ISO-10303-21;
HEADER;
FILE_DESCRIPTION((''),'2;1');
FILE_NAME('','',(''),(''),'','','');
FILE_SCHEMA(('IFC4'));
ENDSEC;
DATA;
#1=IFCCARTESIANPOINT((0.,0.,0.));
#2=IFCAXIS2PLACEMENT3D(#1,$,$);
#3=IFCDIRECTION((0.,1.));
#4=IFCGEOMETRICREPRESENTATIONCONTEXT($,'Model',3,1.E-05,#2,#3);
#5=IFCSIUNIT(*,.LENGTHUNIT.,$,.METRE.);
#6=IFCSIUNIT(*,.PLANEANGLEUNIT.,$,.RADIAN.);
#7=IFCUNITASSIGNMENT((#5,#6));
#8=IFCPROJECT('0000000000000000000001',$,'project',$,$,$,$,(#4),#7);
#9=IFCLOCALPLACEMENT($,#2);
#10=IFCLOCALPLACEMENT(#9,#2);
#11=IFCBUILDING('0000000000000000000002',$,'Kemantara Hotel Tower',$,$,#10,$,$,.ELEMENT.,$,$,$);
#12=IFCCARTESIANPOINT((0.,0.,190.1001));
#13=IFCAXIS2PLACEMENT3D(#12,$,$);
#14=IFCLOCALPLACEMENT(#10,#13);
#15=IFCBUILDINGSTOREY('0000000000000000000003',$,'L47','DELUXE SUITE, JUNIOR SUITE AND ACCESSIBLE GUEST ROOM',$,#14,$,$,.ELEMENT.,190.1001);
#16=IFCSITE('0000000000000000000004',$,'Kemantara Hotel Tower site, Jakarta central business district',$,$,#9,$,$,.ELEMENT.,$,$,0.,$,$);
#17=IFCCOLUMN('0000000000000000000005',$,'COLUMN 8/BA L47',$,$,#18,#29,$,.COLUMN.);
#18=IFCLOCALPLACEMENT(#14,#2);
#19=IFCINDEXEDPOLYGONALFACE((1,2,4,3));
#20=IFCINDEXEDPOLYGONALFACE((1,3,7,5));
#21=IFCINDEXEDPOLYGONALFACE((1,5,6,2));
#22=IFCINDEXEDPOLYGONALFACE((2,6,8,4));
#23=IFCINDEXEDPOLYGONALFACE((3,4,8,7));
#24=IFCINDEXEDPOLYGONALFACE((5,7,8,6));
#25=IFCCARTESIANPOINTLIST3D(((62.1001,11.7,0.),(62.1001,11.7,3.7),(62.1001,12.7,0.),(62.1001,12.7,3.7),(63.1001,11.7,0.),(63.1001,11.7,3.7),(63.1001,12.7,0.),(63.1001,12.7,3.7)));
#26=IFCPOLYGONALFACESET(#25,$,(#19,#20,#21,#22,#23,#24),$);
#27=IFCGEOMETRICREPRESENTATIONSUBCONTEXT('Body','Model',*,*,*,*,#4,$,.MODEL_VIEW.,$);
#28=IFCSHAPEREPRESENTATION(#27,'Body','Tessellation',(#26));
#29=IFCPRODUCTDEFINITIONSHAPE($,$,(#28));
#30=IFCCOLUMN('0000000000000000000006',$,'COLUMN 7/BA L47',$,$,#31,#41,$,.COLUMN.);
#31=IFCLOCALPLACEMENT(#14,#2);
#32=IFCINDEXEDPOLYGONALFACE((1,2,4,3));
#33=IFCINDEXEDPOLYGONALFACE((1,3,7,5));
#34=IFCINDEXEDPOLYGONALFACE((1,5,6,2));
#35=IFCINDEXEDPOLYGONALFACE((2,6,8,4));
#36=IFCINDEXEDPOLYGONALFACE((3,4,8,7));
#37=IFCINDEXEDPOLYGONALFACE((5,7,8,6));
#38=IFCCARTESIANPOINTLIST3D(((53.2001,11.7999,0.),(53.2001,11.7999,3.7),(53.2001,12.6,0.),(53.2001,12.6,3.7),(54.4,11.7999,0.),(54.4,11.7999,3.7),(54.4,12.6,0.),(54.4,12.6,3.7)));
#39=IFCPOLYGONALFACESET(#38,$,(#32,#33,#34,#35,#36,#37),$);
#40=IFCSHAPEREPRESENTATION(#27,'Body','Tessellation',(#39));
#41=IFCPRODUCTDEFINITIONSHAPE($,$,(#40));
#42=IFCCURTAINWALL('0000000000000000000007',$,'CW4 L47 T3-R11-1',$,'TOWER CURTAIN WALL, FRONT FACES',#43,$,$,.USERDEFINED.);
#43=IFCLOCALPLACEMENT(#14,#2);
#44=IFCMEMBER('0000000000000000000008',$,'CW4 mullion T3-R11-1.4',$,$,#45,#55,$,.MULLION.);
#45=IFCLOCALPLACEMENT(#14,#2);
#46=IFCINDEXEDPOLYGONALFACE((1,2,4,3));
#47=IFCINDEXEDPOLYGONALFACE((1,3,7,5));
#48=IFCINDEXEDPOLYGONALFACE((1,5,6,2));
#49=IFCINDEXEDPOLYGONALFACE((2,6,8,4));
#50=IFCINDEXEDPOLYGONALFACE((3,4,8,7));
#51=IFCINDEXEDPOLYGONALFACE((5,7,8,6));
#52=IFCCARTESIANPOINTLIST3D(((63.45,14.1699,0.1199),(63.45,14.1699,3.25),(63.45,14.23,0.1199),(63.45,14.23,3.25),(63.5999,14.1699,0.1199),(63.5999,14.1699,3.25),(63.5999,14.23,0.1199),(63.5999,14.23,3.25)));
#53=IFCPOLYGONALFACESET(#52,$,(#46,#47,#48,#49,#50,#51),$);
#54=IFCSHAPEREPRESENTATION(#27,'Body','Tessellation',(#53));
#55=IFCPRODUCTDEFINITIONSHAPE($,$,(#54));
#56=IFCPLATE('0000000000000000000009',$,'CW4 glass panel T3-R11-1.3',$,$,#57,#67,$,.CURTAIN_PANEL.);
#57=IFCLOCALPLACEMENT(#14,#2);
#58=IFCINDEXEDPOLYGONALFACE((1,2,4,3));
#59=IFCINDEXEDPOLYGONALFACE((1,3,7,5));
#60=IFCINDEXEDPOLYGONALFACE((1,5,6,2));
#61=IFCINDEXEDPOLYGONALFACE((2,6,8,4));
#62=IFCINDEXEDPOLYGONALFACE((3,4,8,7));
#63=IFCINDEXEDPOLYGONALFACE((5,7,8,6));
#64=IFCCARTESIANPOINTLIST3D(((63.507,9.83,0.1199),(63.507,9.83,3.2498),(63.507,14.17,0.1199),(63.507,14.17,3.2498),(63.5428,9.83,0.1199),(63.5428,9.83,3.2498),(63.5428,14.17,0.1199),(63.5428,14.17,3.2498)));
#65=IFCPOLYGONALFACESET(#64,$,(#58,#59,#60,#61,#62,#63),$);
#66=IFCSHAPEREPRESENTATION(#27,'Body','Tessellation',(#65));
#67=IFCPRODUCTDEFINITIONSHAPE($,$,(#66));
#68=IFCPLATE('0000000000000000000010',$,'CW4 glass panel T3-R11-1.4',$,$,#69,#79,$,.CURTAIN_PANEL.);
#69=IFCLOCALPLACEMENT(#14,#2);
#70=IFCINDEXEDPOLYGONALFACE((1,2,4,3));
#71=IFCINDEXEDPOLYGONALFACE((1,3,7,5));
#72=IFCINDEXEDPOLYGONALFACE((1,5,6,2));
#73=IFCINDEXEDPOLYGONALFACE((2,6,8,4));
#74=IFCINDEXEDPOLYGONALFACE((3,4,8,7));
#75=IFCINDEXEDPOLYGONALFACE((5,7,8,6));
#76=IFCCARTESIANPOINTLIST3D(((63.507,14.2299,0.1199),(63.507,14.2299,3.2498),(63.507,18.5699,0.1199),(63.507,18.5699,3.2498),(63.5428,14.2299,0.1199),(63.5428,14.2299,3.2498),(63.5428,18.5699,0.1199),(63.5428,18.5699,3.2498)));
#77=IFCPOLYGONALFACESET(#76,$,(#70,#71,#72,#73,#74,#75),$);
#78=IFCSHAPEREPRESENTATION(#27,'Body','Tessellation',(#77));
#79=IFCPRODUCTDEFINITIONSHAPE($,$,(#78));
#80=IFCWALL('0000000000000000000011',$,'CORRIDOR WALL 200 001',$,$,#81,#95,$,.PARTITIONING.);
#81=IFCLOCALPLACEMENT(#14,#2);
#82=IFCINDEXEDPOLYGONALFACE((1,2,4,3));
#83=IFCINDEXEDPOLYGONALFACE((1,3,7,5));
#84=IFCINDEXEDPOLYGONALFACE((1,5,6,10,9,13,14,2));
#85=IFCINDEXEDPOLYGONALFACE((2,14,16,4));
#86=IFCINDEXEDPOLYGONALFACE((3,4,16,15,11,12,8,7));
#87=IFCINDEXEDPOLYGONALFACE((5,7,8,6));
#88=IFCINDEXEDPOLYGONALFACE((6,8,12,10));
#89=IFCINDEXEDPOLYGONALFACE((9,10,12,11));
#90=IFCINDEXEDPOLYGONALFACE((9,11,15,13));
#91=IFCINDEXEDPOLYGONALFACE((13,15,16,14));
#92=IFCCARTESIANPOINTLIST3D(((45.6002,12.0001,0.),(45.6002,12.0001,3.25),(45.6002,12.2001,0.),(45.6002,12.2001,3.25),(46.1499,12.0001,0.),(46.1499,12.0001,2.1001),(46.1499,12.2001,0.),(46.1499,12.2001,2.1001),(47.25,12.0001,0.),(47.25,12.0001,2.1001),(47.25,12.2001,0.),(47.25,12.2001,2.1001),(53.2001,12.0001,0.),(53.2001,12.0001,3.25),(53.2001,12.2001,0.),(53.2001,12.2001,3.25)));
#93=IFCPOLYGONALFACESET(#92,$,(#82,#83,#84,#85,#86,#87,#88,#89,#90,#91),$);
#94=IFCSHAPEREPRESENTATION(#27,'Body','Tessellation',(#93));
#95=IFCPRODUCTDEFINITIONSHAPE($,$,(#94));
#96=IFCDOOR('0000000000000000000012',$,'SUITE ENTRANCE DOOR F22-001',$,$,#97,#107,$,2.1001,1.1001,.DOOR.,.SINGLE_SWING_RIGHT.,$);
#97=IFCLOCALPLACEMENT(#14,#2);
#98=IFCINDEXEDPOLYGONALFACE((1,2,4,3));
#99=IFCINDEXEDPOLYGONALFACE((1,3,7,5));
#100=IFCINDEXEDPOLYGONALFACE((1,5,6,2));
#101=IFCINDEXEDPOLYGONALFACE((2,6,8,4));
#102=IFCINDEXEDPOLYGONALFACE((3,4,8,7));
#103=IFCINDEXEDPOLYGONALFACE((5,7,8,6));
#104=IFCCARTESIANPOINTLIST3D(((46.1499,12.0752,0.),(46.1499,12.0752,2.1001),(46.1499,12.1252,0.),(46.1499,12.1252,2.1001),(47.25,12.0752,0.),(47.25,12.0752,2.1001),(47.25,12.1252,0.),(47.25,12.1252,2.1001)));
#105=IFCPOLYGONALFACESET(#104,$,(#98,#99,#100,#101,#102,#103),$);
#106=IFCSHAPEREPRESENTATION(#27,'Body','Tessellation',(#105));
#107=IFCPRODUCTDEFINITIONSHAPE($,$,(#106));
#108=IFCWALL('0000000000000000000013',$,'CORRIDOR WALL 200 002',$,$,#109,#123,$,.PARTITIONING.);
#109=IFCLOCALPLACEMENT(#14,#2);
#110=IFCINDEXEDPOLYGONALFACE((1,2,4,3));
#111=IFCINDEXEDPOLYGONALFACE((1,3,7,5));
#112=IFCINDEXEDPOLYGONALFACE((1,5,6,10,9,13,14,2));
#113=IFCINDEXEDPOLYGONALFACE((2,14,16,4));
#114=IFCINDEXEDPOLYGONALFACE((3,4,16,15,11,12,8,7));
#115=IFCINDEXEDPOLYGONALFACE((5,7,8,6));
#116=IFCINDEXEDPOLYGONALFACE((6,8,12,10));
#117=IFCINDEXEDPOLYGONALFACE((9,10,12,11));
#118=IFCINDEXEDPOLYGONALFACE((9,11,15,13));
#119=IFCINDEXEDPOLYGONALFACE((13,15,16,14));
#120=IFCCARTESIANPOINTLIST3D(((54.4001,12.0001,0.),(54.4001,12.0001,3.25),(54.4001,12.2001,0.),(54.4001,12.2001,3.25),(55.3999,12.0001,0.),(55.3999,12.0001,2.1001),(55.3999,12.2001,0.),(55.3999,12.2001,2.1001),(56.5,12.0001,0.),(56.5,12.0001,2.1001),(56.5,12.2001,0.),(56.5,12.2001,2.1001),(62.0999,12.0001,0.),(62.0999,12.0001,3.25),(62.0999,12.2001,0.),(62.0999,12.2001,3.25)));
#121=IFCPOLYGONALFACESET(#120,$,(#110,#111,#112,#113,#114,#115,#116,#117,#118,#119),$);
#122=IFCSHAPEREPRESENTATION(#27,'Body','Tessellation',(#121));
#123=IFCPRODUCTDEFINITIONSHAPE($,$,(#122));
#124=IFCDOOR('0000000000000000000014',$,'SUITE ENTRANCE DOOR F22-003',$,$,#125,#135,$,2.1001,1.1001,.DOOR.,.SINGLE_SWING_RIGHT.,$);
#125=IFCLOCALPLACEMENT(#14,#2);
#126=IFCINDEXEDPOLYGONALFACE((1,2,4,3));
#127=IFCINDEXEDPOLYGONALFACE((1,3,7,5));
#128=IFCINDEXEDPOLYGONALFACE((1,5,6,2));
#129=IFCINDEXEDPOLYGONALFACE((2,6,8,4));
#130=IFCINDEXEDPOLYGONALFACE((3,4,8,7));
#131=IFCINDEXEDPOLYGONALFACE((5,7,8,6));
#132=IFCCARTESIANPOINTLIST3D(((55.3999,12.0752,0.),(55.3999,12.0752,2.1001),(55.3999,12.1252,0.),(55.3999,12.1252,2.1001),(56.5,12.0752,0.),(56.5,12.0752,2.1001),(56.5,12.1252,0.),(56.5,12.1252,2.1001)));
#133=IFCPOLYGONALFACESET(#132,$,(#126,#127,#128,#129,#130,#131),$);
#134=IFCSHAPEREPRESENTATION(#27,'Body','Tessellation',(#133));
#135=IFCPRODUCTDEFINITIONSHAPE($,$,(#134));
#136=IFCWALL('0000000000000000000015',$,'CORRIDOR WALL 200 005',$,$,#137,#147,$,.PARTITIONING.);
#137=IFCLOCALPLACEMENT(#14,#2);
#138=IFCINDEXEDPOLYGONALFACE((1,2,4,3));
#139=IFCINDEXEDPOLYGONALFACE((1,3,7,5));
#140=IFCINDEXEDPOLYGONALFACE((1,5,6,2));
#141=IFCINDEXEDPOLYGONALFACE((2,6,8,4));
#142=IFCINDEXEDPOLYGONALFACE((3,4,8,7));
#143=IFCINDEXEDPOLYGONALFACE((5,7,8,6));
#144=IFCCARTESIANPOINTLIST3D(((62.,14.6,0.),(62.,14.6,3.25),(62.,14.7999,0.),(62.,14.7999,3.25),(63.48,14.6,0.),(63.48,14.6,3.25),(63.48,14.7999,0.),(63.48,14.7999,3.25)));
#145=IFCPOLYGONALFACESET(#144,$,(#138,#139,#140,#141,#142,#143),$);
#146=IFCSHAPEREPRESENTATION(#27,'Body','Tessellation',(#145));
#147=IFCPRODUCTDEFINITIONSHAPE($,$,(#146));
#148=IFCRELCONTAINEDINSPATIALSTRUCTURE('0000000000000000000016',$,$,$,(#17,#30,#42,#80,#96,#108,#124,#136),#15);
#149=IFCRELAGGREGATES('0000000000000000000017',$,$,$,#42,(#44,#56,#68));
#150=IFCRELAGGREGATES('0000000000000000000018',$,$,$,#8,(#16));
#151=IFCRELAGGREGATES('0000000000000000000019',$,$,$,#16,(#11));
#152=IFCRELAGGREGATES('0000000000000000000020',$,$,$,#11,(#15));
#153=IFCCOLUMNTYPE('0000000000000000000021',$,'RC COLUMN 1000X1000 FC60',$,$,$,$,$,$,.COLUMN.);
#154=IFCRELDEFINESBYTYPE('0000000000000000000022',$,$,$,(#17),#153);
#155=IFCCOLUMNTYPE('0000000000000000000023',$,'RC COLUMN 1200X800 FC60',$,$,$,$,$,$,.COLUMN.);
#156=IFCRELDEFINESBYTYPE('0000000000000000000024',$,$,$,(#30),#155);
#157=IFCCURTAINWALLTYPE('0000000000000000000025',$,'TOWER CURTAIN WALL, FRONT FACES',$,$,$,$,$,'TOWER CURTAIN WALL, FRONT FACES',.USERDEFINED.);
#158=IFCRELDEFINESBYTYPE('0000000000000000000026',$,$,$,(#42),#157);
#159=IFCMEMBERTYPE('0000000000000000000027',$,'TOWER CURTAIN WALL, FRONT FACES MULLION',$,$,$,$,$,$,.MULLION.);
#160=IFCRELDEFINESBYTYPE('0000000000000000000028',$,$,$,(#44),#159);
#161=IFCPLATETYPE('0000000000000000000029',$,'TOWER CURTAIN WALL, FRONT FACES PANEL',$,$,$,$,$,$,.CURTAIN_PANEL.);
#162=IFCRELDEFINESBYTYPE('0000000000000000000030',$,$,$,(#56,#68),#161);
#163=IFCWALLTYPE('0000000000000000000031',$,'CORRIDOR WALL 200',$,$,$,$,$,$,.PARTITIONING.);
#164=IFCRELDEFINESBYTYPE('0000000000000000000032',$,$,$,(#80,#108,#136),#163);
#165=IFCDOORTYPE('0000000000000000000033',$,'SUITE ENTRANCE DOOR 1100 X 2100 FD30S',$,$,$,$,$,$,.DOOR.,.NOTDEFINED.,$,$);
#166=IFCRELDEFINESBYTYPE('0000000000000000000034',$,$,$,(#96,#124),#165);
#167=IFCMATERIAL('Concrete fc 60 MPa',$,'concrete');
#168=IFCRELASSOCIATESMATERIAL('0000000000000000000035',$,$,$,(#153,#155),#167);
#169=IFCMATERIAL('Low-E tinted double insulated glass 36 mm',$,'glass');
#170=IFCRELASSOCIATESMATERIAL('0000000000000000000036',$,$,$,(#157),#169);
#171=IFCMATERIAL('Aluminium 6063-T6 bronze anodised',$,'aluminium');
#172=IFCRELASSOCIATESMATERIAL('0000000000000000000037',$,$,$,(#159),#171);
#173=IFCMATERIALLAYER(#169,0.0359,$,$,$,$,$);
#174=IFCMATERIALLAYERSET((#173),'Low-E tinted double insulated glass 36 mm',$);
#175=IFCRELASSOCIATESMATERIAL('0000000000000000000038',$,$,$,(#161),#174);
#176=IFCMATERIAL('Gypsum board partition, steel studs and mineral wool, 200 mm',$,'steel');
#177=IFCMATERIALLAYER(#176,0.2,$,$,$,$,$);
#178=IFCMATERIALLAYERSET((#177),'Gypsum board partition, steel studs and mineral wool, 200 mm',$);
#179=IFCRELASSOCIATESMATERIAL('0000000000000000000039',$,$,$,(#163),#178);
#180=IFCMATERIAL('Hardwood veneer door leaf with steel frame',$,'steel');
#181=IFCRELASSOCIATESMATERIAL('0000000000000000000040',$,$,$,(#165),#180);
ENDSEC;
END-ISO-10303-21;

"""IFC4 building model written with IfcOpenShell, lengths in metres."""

from ifc_helpers import new_model, si_unit, direction, frame, frame_2d, origin, origin_2d, place, context, subcontext, project, spatial, rectangle, extrude, source, transform, mapped, material, layer, layer_set, material_profile, profile_set, type_object, element, fill, aggregate, save


model = new_model("IFC4")

# Units and contexts
model_context = context("Model", 3, precision=1e-05, world=origin(), true_north=direction((0.0, 1.0)))
body_context = subcontext(model_context, "Body", "Model", "MODEL_VIEW")
ifc_project = project(units=[si_unit("LENGTHUNIT", "METRE"), si_unit("PLANEANGLEUNIT", "RADIAN")], contexts=[model_context])

# Site, building, storey
site_placement = place(None, origin())
site = spatial("IfcSite", under=ifc_project, at=site_placement, Name="Kemantara Hotel Tower site, Jakarta central business district", CompositionType="ELEMENT", RefElevation=0.0)
building_placement = place(site_placement, origin())
building = spatial("IfcBuilding", under=site, at=building_placement, Name="Kemantara Hotel Tower", CompositionType="ELEMENT")
storey_placement = place(building_placement, frame((0.0, 0.0, 190.1001)))
storey = spatial("IfcBuildingStorey", under=building, at=storey_placement, Name="L47", Description="DELUXE SUITE, JUNIOR SUITE AND ACCESSIBLE GUEST ROOM", CompositionType="ELEMENT", Elevation=190.1001)

# Columns
ifc_material_1 = material(Name="Concrete fc 60 MPa", Category="concrete")
ifc_material_profile_1 = material_profile(ifc_material_1, rectangle(XDim=1.0, YDim=1.0, at=origin_2d()), Name="RC 1000X1000")
ifc_profile_set_1 = profile_set([ifc_material_profile_1], Name="Concrete fc 60 MPa")
column_type_1 = type_object("IfcColumnType", Name="RC COLUMN 1000X1000 FC60", PredefinedType="COLUMN", material=ifc_profile_set_1)
column_1_placement = place(storey_placement, frame((62.6001, 12.2, 0.0), z_axis=(0.0, 0.0, 1.0), x_axis=(1.0, 0.0, 0.0)))
element("IfcColumn", 1, at=column_1_placement, inside=storey, type_object=column_type_1, Name="COLUMN 8/BA L47", PredefinedType="COLUMN", context=body_context, shape_type="SweptSolid", body=[
    extrude(rectangle(XDim=1.0, YDim=1.0, at=origin_2d()), origin(), (0.0, 0.0, 1.0), 3.7),
])
ifc_material_profile_2 = material_profile(ifc_material_1, rectangle(XDim=1.2, YDim=0.8, at=origin_2d()), Name="RC 1200X800")
ifc_profile_set_2 = profile_set([ifc_material_profile_2], Name="Concrete fc 60 MPa")
column_type_2 = type_object("IfcColumnType", Name="RC COLUMN 1200X800 FC60", PredefinedType="COLUMN", material=ifc_profile_set_2)
column_2_placement = place(storey_placement, frame((53.8, 12.2, 0.0), z_axis=(0.0, 0.0, 1.0), x_axis=(1.0, 0.0, 0.0)))
element("IfcColumn", 2, at=column_2_placement, inside=storey, type_object=column_type_2, Name="COLUMN 7/BA L47", PredefinedType="COLUMN", context=body_context, shape_type="SweptSolid", body=[
    extrude(rectangle(XDim=1.2, YDim=0.8, at=origin_2d()), origin(), (0.0, 0.0, 1.0), 3.7),
])

# Curtain wall, member, plates
ifc_material_2 = material(Name="Low-E tinted double insulated glass 36 mm", Category="glass")
curtain_wall_type = type_object("IfcCurtainWallType", Name="TOWER CURTAIN WALL, FRONT FACES", ElementType="TOWER CURTAIN WALL, FRONT FACES", PredefinedType="USERDEFINED", material=ifc_material_2)
curtain_wall_placement = place(storey_placement, origin())
curtain_wall = element("IfcCurtainWall", 3, at=curtain_wall_placement, inside=storey, type_object=curtain_wall_type, Name="CW4 L47 T3-R11-1", ObjectType="TOWER CURTAIN WALL, FRONT FACES", PredefinedType="USERDEFINED")
ifc_material_3 = material(Name="Aluminium 6063-T6 bronze anodised", Category="aluminium")
ifc_material_profile_3 = material_profile(ifc_material_3, rectangle(XDim=0.1499, YDim=0.0601, at=origin_2d()), Name="TOWER CURTAIN WALL, FRONT FACES MULLION")
ifc_profile_set_3 = profile_set([ifc_material_profile_3], Name="Aluminium 6063-T6 bronze anodised")
member_type = type_object("IfcMemberType", Name="TOWER CURTAIN WALL, FRONT FACES MULLION", PredefinedType="MULLION", material=ifc_profile_set_3)
shared_shape_1 = source(origin(), body_context, "Body", "SweptSolid", [
    extrude(rectangle(XDim=0.1499, YDim=0.0601, at=origin_2d()), origin(), (0.0, 0.0, 1.0), 3.1301),
])
member_placement = place(storey_placement, frame((63.5249, 14.2, 0.1199), z_axis=(0.0, 0.0, 1.0), x_axis=(-1.0, 0.0, 0.0)))
member = element("IfcMember", 4, at=member_placement, type_object=member_type, Name="CW4 mullion T3-R11-1.4", PredefinedType="MULLION", context=body_context, shape_type="MappedRepresentation", body=[
    mapped(shared_shape_1, transform((0.0, 0.0, 0.0))),
])
ifc_layer_1 = layer(ifc_material_2, 0.0359)
ifc_layer_set_1 = layer_set([ifc_layer_1], Name="Low-E tinted double insulated glass 36 mm")
plate_type = type_object("IfcPlateType", Name="TOWER CURTAIN WALL, FRONT FACES PANEL", PredefinedType="CURTAIN_PANEL", material=ifc_layer_set_1)
shared_shape_2 = source(origin(), body_context, "Body", "SweptSolid", [
    extrude(rectangle(XDim=4.3401, YDim=0.0359, at=origin_2d()), origin(), (0.0, 0.0, 1.0), 3.1299),
])
plate_1_placement = place(storey_placement, frame((63.5249, 12.0, 0.1199), z_axis=(0.0, 0.0, 1.0), x_axis=(0.0, 1.0, 0.0)))
plate_1 = element("IfcPlate", 5, at=plate_1_placement, type_object=plate_type, Name="CW4 glass panel T3-R11-1.3", PredefinedType="CURTAIN_PANEL", context=body_context, shape_type="MappedRepresentation", body=[
    mapped(shared_shape_2, transform((0.0, 0.0, 0.0))),
])
plate_2_placement = place(storey_placement, frame((63.5249, 16.3999, 0.1199), z_axis=(0.0, 0.0, 1.0), x_axis=(0.0, 1.0, 0.0)))
plate_2 = element("IfcPlate", 6, at=plate_2_placement, type_object=plate_type, Name="CW4 glass panel T3-R11-1.4", PredefinedType="CURTAIN_PANEL", context=body_context, shape_type="MappedRepresentation", body=[
    mapped(shared_shape_2, transform((0.0, 0.0, 0.0))),
])
aggregate(curtain_wall, [member, plate_1, plate_2])

# Walls, openings, doors
ifc_material_4 = material(Name="Gypsum board partition, steel studs and mineral wool, 200 mm", Category="steel")
ifc_layer_2 = layer(ifc_material_4, 0.2)
ifc_layer_set_2 = layer_set([ifc_layer_2], Name="Gypsum board partition, steel studs and mineral wool, 200 mm")
wall_type_1 = type_object("IfcWallType", Name="CORRIDOR WALL 200", PredefinedType="PARTITIONING", material=ifc_layer_set_2)
wall_1_placement = place(storey_placement, frame((53.2, 12.1001, 0.0), z_axis=(0.0, 0.0, 1.0), x_axis=(-1.0, 0.0, 0.0)))
wall_1 = element("IfcWall", 7, at=wall_1_placement, inside=storey, type_object=wall_type_1, Name="CORRIDOR WALL 200 001", PredefinedType="PARTITIONING", context=body_context, shape_type="SweptSolid", body=[
    extrude(rectangle(XDim=7.5999, YDim=0.2, at=frame_2d((3.7998, 0.0))), origin(), (0.0, 0.0, 1.0), 3.25),
])
opening_1_placement = place(wall_1_placement, frame((5.95, 0.0, 0.0)))
opening_1 = element("IfcOpeningElement", 8, at=opening_1_placement, cuts=wall_1, PredefinedType="OPENING", context=body_context, shape_type="SweptSolid", body=[
    extrude(rectangle(XDim=1.1001, YDim=2.1001, at=frame_2d((0.55, 1.05))), frame((0.0, 0.1099, 0.0), z_axis=(0.0, -1.0, 0.0), x_axis=(1.0, 0.0, 0.0)), (0.0, 0.0, 1.0), 0.22),
])
ifc_material_5 = material(Name="Hardwood veneer door leaf with steel frame", Category="steel")
door_type_1 = type_object("IfcDoorType", Name="SUITE ENTRANCE DOOR 1100 X 2100 FD30S", OperationType="NOTDEFINED", PredefinedType="DOOR", material=ifc_material_5)
door_1_placement = place(opening_1_placement, origin())
door_1 = element("IfcDoor", 9, at=door_1_placement, inside=storey, type_object=door_type_1, Name="SUITE ENTRANCE DOOR F22-001", OperationType="SINGLE_SWING_RIGHT", OverallHeight=2.1001, OverallWidth=1.1001, PredefinedType="DOOR", context=body_context, shape_type="SweptSolid", body=[
    extrude(rectangle(XDim=1.1001, YDim=2.1001, at=frame_2d((0.55, 1.05))), frame((0.0, 0.0249, 0.0), z_axis=(0.0, -1.0, 0.0), x_axis=(1.0, 0.0, 0.0)), (0.0, 0.0, 1.0), 0.05),
])
fill(opening_1, door_1)
wall_2_placement = place(storey_placement, frame((62.0999, 12.1001, 0.0), z_axis=(0.0, 0.0, 1.0), x_axis=(-1.0, 0.0, 0.0)))
wall_2 = element("IfcWall", 10, at=wall_2_placement, inside=storey, type_object=wall_type_1, Name="CORRIDOR WALL 200 002", PredefinedType="PARTITIONING", context=body_context, shape_type="SweptSolid", body=[
    extrude(rectangle(XDim=7.6997, YDim=0.2, at=frame_2d((3.8499, 0.0))), origin(), (0.0, 0.0, 1.0), 3.25),
])
opening_2_placement = place(wall_2_placement, frame((5.5999, 0.0, 0.0)))
opening_2 = element("IfcOpeningElement", 11, at=opening_2_placement, cuts=wall_2, PredefinedType="OPENING", context=body_context, shape_type="SweptSolid", body=[
    extrude(rectangle(XDim=1.1001, YDim=2.1001, at=frame_2d((0.55, 1.05))), frame((0.0, 0.1099, 0.0), z_axis=(0.0, -1.0, 0.0), x_axis=(1.0, 0.0, 0.0)), (0.0, 0.0, 1.0), 0.22),
])
door_2_placement = place(opening_2_placement, origin())
door_2 = element("IfcDoor", 12, at=door_2_placement, inside=storey, type_object=door_type_1, Name="SUITE ENTRANCE DOOR F22-003", OperationType="SINGLE_SWING_RIGHT", OverallHeight=2.1001, OverallWidth=1.1001, PredefinedType="DOOR", context=body_context, shape_type="SweptSolid", body=[
    extrude(rectangle(XDim=1.1001, YDim=2.1001, at=frame_2d((0.55, 1.05))), frame((0.0, 0.0249, 0.0), z_axis=(0.0, -1.0, 0.0), x_axis=(1.0, 0.0, 0.0)), (0.0, 0.0, 1.0), 0.05),
])
fill(opening_2, door_2)

# Wall
wall_3_placement = place(storey_placement, frame((62.0, 14.7, 0.0), z_axis=(0.0, 0.0, 1.0), x_axis=(1.0, 0.0, 0.0)))
element("IfcWall", 13, at=wall_3_placement, inside=storey, type_object=wall_type_1, Name="CORRIDOR WALL 200 005", PredefinedType="PARTITIONING", context=body_context, shape_type="SweptSolid", body=[
    extrude(rectangle(XDim=1.48, YDim=0.2, at=frame_2d((0.74, 0.0))), origin(), (0.0, 0.0, 1.0), 3.25),
])

save(model, "model.ifc")
